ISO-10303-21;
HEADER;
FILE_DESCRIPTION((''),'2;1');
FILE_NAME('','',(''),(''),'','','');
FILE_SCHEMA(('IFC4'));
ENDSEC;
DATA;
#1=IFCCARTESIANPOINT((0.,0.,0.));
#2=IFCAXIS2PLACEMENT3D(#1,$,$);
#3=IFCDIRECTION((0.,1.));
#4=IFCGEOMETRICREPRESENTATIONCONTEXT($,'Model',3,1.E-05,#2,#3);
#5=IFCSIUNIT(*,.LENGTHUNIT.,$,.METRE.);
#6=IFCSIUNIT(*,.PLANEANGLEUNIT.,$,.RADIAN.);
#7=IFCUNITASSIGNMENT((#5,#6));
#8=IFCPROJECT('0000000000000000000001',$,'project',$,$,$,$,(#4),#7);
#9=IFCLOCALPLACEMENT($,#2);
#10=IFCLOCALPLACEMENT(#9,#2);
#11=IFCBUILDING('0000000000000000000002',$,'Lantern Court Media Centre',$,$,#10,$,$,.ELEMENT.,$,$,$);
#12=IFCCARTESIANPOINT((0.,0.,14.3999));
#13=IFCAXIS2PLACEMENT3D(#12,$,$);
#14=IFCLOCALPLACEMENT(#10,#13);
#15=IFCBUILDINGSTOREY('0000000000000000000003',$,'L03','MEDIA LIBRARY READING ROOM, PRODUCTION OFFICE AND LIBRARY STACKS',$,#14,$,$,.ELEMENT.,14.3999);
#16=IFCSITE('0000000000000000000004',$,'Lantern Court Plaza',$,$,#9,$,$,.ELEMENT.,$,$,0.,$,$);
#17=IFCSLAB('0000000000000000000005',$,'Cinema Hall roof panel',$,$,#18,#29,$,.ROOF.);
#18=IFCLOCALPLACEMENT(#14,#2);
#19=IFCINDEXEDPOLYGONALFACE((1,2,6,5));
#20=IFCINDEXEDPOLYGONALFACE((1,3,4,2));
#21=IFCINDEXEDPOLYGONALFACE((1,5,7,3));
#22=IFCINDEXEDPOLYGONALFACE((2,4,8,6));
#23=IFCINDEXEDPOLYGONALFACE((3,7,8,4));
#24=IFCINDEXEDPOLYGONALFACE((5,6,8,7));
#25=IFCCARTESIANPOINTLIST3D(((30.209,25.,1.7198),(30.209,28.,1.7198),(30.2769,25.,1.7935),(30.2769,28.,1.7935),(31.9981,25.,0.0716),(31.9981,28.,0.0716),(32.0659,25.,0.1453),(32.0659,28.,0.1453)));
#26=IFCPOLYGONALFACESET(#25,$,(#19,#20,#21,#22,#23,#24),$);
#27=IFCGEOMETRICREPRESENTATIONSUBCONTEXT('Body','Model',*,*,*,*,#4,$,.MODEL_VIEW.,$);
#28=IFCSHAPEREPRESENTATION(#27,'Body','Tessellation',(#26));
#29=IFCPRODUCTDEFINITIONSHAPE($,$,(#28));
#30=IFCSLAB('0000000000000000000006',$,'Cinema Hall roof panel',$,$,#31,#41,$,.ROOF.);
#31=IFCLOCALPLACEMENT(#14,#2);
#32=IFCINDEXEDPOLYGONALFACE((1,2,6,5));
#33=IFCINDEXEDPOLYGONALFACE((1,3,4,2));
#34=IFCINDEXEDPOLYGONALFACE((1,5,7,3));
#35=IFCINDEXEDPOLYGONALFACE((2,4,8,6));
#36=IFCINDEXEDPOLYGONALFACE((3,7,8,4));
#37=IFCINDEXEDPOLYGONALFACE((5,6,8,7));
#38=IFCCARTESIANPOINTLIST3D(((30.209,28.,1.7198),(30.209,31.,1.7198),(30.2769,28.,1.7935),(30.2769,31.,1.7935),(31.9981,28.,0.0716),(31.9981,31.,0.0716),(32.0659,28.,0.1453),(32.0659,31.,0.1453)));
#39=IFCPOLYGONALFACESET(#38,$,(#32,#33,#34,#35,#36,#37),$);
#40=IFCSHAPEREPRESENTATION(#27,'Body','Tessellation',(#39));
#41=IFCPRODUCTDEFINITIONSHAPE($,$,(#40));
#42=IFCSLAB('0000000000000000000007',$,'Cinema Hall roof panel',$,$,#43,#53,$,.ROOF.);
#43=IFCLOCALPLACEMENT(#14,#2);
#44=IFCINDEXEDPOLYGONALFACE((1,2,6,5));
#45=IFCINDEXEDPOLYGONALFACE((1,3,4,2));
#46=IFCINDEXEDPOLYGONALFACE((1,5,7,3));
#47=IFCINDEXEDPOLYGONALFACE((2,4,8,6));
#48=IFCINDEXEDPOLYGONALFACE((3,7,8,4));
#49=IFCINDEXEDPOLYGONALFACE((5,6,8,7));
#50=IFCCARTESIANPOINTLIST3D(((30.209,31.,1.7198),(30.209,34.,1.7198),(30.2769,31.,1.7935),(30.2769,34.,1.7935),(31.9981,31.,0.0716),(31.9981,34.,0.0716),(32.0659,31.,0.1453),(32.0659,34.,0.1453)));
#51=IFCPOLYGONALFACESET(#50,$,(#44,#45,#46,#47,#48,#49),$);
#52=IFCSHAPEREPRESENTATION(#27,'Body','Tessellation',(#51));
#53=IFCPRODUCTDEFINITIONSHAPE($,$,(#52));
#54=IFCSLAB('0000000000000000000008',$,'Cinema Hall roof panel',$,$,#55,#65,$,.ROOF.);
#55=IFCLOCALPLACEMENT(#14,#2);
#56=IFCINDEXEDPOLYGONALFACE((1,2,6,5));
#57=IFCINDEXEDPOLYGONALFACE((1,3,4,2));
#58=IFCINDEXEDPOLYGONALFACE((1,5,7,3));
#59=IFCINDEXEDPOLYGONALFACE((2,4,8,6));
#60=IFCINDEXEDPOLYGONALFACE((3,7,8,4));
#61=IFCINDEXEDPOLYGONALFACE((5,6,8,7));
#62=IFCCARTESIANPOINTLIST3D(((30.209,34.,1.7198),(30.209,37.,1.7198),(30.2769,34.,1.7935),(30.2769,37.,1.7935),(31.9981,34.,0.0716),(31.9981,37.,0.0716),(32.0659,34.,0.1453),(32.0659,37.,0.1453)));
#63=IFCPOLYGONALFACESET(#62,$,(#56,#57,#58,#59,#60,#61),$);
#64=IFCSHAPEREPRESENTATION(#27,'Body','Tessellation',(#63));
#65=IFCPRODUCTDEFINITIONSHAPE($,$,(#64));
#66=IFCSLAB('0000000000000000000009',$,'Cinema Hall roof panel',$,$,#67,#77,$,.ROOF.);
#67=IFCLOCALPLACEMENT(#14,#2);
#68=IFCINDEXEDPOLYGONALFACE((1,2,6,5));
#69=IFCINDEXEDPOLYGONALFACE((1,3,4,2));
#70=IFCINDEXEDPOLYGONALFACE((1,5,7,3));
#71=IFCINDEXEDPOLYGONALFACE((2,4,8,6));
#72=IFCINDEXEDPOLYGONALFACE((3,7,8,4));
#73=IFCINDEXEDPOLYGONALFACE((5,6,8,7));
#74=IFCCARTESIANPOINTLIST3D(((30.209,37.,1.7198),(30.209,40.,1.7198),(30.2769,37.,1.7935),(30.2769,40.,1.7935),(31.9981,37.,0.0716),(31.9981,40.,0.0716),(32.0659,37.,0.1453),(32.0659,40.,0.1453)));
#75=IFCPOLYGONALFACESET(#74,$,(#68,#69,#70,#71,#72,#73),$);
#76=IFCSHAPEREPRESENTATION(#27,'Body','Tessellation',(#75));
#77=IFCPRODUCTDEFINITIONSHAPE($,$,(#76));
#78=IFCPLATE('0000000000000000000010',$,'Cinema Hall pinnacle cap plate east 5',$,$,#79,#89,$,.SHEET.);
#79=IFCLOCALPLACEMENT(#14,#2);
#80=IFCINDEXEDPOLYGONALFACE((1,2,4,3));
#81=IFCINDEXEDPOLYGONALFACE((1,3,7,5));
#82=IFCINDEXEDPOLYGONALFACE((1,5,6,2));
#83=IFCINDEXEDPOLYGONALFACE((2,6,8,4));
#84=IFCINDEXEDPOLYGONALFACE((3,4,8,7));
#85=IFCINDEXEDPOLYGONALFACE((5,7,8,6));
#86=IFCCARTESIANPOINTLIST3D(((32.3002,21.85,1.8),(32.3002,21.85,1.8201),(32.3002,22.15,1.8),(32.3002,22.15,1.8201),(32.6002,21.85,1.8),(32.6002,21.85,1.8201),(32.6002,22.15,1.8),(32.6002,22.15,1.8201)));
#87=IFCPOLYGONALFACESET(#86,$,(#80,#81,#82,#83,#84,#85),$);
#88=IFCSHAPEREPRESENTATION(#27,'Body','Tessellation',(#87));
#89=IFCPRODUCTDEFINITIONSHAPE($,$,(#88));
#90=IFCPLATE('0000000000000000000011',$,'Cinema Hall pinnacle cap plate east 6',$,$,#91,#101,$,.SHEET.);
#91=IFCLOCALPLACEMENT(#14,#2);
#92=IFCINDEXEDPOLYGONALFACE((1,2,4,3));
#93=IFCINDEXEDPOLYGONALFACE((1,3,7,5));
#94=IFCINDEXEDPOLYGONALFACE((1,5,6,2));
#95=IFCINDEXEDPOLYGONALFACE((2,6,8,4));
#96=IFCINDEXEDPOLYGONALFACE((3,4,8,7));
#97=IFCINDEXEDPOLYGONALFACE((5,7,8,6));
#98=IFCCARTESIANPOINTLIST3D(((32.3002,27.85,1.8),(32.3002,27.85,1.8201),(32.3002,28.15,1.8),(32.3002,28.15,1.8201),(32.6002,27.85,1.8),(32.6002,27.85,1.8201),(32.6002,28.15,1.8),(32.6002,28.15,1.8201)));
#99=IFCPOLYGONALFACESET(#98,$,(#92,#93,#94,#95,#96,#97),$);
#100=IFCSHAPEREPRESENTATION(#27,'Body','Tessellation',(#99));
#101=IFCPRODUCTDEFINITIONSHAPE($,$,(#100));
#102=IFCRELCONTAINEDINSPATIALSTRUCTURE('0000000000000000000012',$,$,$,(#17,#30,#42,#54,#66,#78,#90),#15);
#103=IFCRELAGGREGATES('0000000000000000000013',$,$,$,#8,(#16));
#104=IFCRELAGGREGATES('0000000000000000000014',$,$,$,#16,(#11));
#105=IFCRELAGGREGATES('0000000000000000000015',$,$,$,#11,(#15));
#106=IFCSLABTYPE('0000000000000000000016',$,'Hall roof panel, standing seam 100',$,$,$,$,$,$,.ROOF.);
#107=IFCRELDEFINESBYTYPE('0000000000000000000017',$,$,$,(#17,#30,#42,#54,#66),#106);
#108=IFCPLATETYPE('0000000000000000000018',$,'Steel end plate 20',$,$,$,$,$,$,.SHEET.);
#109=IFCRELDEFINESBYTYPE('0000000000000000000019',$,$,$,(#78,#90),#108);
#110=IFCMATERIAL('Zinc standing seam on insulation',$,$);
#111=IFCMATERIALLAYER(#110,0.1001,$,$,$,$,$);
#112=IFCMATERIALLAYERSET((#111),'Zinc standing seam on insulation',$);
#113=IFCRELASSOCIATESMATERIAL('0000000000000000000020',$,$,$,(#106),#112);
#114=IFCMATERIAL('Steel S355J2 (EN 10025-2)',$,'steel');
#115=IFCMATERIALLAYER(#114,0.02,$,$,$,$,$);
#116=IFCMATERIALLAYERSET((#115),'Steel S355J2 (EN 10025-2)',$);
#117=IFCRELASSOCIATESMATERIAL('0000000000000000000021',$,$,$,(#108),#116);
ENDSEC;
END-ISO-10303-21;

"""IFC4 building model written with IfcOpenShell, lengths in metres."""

from ifc_helpers import new_model, si_unit, direction, frame, origin, origin_2d, place, context, subcontext, project, spatial, polyline, rectangle, outline, extrude, material, layer, layer_set, type_object, element, save


model = new_model("IFC4")

# Units and contexts
model_context = context("Model", 3, precision=1e-05, world=origin(), true_north=direction((0.0, 1.0)))
body_context = subcontext(model_context, "Body", "Model", "MODEL_VIEW")
ifc_project = project(units=[si_unit("LENGTHUNIT", "METRE"), si_unit("PLANEANGLEUNIT", "RADIAN")], contexts=[model_context])

# Site, building, storey
site_placement = place(None, origin())
site = spatial("IfcSite", under=ifc_project, at=site_placement, Name="Lantern Court Plaza", CompositionType="ELEMENT", RefElevation=0.0)
building_placement = place(site_placement, origin())
building = spatial("IfcBuilding", under=site, at=building_placement, Name="Lantern Court Media Centre", CompositionType="ELEMENT")
storey_placement = place(building_placement, frame((0.0, 0.0, 14.3999)))
storey = spatial("IfcBuildingStorey", under=building, at=storey_placement, Name="L03", Description="MEDIA LIBRARY READING ROOM, PRODUCTION OFFICE AND LIBRARY STACKS", CompositionType="ELEMENT", Elevation=14.3999)

# Shared definitions
ifc_material_1 = material(Name="Steel S355J2 (EN 10025-2)", Category="steel")

# Slabs
ifc_material_2 = material(Name="Zinc standing seam on insulation")
ifc_layer_1 = layer(ifc_material_2, 0.1001)
ifc_layer_set_1 = layer_set([ifc_layer_1], Name="Zinc standing seam on insulation")
slab_type = type_object("IfcSlabType", Name="Hall roof panel, standing seam 100", PredefinedType="ROOF", material=ifc_layer_set_1)
for number, where, z_axis, x_axis, name in (
    (1, (30.2769, 25.0, 1.7935), (0.677559, 0.0, 0.735469), (0.735469, 0.0, -0.677559), "Cinema Hall roof panel"),
    (2, (30.2769, 28.0, 1.7935), (0.677559, 0.0, 0.735469), (0.735469, 0.0, -0.677559), "Cinema Hall roof panel"),
    (3, (30.2769, 31.0, 1.7935), (0.677559, 0.0, 0.735469), (0.735469, 0.0, -0.677559), "Cinema Hall roof panel"),
    (4, (30.2769, 34.0, 1.7935), (0.677559, 0.0, 0.735469), (0.735469, 0.0, -0.677559), "Cinema Hall roof panel"),
    (5, (30.2769, 37.0, 1.7935), (0.677559, 0.0, 0.735469), (0.735469, 0.0, -0.677559), "Cinema Hall roof panel"),
):
    element("IfcSlab", number, at=place(storey_placement, frame(where, z_axis=z_axis, x_axis=x_axis)), inside=storey, type_object=slab_type, Name=name, PredefinedType="ROOF", context=body_context, shape_type="SweptSolid", body=[
        extrude(outline(polyline([(0.0, 0.0), (2.4325, 0.0), (2.4325, 3.0), (0.0, 3.0), (0.0, 0.0)])), origin(), (0.0, 0.0, -1.0), 0.1001),
    ])

# Plates
ifc_layer_2 = layer(ifc_material_1, 0.02)
ifc_layer_set_2 = layer_set([ifc_layer_2], Name="Steel S355J2 (EN 10025-2)")
plate_type = type_object("IfcPlateType", Name="Steel end plate 20", PredefinedType="SHEET", material=ifc_layer_set_2)
for number, where, z_axis, x_axis, name in (
    (6, (32.4502, 22.0, 1.8), (0.0, 0.0, 1.0), (1.0, 0.0, 0.0), "Cinema Hall pinnacle cap plate east 5"),
    (7, (32.4502, 28.0, 1.8), (0.0, 0.0, 1.0), (1.0, 0.0, 0.0), "Cinema Hall pinnacle cap plate east 6"),
):
    element("IfcPlate", number, at=place(storey_placement, frame(where, z_axis=z_axis, x_axis=x_axis)), inside=storey, type_object=plate_type, Name=name, PredefinedType="SHEET", context=body_context, shape_type="SweptSolid", body=[
        extrude(rectangle(XDim=0.3, YDim=0.3, at=origin_2d()), origin(), (0.0, 0.0, 1.0), 0.02),
    ])

save(model, "model.ifc")
